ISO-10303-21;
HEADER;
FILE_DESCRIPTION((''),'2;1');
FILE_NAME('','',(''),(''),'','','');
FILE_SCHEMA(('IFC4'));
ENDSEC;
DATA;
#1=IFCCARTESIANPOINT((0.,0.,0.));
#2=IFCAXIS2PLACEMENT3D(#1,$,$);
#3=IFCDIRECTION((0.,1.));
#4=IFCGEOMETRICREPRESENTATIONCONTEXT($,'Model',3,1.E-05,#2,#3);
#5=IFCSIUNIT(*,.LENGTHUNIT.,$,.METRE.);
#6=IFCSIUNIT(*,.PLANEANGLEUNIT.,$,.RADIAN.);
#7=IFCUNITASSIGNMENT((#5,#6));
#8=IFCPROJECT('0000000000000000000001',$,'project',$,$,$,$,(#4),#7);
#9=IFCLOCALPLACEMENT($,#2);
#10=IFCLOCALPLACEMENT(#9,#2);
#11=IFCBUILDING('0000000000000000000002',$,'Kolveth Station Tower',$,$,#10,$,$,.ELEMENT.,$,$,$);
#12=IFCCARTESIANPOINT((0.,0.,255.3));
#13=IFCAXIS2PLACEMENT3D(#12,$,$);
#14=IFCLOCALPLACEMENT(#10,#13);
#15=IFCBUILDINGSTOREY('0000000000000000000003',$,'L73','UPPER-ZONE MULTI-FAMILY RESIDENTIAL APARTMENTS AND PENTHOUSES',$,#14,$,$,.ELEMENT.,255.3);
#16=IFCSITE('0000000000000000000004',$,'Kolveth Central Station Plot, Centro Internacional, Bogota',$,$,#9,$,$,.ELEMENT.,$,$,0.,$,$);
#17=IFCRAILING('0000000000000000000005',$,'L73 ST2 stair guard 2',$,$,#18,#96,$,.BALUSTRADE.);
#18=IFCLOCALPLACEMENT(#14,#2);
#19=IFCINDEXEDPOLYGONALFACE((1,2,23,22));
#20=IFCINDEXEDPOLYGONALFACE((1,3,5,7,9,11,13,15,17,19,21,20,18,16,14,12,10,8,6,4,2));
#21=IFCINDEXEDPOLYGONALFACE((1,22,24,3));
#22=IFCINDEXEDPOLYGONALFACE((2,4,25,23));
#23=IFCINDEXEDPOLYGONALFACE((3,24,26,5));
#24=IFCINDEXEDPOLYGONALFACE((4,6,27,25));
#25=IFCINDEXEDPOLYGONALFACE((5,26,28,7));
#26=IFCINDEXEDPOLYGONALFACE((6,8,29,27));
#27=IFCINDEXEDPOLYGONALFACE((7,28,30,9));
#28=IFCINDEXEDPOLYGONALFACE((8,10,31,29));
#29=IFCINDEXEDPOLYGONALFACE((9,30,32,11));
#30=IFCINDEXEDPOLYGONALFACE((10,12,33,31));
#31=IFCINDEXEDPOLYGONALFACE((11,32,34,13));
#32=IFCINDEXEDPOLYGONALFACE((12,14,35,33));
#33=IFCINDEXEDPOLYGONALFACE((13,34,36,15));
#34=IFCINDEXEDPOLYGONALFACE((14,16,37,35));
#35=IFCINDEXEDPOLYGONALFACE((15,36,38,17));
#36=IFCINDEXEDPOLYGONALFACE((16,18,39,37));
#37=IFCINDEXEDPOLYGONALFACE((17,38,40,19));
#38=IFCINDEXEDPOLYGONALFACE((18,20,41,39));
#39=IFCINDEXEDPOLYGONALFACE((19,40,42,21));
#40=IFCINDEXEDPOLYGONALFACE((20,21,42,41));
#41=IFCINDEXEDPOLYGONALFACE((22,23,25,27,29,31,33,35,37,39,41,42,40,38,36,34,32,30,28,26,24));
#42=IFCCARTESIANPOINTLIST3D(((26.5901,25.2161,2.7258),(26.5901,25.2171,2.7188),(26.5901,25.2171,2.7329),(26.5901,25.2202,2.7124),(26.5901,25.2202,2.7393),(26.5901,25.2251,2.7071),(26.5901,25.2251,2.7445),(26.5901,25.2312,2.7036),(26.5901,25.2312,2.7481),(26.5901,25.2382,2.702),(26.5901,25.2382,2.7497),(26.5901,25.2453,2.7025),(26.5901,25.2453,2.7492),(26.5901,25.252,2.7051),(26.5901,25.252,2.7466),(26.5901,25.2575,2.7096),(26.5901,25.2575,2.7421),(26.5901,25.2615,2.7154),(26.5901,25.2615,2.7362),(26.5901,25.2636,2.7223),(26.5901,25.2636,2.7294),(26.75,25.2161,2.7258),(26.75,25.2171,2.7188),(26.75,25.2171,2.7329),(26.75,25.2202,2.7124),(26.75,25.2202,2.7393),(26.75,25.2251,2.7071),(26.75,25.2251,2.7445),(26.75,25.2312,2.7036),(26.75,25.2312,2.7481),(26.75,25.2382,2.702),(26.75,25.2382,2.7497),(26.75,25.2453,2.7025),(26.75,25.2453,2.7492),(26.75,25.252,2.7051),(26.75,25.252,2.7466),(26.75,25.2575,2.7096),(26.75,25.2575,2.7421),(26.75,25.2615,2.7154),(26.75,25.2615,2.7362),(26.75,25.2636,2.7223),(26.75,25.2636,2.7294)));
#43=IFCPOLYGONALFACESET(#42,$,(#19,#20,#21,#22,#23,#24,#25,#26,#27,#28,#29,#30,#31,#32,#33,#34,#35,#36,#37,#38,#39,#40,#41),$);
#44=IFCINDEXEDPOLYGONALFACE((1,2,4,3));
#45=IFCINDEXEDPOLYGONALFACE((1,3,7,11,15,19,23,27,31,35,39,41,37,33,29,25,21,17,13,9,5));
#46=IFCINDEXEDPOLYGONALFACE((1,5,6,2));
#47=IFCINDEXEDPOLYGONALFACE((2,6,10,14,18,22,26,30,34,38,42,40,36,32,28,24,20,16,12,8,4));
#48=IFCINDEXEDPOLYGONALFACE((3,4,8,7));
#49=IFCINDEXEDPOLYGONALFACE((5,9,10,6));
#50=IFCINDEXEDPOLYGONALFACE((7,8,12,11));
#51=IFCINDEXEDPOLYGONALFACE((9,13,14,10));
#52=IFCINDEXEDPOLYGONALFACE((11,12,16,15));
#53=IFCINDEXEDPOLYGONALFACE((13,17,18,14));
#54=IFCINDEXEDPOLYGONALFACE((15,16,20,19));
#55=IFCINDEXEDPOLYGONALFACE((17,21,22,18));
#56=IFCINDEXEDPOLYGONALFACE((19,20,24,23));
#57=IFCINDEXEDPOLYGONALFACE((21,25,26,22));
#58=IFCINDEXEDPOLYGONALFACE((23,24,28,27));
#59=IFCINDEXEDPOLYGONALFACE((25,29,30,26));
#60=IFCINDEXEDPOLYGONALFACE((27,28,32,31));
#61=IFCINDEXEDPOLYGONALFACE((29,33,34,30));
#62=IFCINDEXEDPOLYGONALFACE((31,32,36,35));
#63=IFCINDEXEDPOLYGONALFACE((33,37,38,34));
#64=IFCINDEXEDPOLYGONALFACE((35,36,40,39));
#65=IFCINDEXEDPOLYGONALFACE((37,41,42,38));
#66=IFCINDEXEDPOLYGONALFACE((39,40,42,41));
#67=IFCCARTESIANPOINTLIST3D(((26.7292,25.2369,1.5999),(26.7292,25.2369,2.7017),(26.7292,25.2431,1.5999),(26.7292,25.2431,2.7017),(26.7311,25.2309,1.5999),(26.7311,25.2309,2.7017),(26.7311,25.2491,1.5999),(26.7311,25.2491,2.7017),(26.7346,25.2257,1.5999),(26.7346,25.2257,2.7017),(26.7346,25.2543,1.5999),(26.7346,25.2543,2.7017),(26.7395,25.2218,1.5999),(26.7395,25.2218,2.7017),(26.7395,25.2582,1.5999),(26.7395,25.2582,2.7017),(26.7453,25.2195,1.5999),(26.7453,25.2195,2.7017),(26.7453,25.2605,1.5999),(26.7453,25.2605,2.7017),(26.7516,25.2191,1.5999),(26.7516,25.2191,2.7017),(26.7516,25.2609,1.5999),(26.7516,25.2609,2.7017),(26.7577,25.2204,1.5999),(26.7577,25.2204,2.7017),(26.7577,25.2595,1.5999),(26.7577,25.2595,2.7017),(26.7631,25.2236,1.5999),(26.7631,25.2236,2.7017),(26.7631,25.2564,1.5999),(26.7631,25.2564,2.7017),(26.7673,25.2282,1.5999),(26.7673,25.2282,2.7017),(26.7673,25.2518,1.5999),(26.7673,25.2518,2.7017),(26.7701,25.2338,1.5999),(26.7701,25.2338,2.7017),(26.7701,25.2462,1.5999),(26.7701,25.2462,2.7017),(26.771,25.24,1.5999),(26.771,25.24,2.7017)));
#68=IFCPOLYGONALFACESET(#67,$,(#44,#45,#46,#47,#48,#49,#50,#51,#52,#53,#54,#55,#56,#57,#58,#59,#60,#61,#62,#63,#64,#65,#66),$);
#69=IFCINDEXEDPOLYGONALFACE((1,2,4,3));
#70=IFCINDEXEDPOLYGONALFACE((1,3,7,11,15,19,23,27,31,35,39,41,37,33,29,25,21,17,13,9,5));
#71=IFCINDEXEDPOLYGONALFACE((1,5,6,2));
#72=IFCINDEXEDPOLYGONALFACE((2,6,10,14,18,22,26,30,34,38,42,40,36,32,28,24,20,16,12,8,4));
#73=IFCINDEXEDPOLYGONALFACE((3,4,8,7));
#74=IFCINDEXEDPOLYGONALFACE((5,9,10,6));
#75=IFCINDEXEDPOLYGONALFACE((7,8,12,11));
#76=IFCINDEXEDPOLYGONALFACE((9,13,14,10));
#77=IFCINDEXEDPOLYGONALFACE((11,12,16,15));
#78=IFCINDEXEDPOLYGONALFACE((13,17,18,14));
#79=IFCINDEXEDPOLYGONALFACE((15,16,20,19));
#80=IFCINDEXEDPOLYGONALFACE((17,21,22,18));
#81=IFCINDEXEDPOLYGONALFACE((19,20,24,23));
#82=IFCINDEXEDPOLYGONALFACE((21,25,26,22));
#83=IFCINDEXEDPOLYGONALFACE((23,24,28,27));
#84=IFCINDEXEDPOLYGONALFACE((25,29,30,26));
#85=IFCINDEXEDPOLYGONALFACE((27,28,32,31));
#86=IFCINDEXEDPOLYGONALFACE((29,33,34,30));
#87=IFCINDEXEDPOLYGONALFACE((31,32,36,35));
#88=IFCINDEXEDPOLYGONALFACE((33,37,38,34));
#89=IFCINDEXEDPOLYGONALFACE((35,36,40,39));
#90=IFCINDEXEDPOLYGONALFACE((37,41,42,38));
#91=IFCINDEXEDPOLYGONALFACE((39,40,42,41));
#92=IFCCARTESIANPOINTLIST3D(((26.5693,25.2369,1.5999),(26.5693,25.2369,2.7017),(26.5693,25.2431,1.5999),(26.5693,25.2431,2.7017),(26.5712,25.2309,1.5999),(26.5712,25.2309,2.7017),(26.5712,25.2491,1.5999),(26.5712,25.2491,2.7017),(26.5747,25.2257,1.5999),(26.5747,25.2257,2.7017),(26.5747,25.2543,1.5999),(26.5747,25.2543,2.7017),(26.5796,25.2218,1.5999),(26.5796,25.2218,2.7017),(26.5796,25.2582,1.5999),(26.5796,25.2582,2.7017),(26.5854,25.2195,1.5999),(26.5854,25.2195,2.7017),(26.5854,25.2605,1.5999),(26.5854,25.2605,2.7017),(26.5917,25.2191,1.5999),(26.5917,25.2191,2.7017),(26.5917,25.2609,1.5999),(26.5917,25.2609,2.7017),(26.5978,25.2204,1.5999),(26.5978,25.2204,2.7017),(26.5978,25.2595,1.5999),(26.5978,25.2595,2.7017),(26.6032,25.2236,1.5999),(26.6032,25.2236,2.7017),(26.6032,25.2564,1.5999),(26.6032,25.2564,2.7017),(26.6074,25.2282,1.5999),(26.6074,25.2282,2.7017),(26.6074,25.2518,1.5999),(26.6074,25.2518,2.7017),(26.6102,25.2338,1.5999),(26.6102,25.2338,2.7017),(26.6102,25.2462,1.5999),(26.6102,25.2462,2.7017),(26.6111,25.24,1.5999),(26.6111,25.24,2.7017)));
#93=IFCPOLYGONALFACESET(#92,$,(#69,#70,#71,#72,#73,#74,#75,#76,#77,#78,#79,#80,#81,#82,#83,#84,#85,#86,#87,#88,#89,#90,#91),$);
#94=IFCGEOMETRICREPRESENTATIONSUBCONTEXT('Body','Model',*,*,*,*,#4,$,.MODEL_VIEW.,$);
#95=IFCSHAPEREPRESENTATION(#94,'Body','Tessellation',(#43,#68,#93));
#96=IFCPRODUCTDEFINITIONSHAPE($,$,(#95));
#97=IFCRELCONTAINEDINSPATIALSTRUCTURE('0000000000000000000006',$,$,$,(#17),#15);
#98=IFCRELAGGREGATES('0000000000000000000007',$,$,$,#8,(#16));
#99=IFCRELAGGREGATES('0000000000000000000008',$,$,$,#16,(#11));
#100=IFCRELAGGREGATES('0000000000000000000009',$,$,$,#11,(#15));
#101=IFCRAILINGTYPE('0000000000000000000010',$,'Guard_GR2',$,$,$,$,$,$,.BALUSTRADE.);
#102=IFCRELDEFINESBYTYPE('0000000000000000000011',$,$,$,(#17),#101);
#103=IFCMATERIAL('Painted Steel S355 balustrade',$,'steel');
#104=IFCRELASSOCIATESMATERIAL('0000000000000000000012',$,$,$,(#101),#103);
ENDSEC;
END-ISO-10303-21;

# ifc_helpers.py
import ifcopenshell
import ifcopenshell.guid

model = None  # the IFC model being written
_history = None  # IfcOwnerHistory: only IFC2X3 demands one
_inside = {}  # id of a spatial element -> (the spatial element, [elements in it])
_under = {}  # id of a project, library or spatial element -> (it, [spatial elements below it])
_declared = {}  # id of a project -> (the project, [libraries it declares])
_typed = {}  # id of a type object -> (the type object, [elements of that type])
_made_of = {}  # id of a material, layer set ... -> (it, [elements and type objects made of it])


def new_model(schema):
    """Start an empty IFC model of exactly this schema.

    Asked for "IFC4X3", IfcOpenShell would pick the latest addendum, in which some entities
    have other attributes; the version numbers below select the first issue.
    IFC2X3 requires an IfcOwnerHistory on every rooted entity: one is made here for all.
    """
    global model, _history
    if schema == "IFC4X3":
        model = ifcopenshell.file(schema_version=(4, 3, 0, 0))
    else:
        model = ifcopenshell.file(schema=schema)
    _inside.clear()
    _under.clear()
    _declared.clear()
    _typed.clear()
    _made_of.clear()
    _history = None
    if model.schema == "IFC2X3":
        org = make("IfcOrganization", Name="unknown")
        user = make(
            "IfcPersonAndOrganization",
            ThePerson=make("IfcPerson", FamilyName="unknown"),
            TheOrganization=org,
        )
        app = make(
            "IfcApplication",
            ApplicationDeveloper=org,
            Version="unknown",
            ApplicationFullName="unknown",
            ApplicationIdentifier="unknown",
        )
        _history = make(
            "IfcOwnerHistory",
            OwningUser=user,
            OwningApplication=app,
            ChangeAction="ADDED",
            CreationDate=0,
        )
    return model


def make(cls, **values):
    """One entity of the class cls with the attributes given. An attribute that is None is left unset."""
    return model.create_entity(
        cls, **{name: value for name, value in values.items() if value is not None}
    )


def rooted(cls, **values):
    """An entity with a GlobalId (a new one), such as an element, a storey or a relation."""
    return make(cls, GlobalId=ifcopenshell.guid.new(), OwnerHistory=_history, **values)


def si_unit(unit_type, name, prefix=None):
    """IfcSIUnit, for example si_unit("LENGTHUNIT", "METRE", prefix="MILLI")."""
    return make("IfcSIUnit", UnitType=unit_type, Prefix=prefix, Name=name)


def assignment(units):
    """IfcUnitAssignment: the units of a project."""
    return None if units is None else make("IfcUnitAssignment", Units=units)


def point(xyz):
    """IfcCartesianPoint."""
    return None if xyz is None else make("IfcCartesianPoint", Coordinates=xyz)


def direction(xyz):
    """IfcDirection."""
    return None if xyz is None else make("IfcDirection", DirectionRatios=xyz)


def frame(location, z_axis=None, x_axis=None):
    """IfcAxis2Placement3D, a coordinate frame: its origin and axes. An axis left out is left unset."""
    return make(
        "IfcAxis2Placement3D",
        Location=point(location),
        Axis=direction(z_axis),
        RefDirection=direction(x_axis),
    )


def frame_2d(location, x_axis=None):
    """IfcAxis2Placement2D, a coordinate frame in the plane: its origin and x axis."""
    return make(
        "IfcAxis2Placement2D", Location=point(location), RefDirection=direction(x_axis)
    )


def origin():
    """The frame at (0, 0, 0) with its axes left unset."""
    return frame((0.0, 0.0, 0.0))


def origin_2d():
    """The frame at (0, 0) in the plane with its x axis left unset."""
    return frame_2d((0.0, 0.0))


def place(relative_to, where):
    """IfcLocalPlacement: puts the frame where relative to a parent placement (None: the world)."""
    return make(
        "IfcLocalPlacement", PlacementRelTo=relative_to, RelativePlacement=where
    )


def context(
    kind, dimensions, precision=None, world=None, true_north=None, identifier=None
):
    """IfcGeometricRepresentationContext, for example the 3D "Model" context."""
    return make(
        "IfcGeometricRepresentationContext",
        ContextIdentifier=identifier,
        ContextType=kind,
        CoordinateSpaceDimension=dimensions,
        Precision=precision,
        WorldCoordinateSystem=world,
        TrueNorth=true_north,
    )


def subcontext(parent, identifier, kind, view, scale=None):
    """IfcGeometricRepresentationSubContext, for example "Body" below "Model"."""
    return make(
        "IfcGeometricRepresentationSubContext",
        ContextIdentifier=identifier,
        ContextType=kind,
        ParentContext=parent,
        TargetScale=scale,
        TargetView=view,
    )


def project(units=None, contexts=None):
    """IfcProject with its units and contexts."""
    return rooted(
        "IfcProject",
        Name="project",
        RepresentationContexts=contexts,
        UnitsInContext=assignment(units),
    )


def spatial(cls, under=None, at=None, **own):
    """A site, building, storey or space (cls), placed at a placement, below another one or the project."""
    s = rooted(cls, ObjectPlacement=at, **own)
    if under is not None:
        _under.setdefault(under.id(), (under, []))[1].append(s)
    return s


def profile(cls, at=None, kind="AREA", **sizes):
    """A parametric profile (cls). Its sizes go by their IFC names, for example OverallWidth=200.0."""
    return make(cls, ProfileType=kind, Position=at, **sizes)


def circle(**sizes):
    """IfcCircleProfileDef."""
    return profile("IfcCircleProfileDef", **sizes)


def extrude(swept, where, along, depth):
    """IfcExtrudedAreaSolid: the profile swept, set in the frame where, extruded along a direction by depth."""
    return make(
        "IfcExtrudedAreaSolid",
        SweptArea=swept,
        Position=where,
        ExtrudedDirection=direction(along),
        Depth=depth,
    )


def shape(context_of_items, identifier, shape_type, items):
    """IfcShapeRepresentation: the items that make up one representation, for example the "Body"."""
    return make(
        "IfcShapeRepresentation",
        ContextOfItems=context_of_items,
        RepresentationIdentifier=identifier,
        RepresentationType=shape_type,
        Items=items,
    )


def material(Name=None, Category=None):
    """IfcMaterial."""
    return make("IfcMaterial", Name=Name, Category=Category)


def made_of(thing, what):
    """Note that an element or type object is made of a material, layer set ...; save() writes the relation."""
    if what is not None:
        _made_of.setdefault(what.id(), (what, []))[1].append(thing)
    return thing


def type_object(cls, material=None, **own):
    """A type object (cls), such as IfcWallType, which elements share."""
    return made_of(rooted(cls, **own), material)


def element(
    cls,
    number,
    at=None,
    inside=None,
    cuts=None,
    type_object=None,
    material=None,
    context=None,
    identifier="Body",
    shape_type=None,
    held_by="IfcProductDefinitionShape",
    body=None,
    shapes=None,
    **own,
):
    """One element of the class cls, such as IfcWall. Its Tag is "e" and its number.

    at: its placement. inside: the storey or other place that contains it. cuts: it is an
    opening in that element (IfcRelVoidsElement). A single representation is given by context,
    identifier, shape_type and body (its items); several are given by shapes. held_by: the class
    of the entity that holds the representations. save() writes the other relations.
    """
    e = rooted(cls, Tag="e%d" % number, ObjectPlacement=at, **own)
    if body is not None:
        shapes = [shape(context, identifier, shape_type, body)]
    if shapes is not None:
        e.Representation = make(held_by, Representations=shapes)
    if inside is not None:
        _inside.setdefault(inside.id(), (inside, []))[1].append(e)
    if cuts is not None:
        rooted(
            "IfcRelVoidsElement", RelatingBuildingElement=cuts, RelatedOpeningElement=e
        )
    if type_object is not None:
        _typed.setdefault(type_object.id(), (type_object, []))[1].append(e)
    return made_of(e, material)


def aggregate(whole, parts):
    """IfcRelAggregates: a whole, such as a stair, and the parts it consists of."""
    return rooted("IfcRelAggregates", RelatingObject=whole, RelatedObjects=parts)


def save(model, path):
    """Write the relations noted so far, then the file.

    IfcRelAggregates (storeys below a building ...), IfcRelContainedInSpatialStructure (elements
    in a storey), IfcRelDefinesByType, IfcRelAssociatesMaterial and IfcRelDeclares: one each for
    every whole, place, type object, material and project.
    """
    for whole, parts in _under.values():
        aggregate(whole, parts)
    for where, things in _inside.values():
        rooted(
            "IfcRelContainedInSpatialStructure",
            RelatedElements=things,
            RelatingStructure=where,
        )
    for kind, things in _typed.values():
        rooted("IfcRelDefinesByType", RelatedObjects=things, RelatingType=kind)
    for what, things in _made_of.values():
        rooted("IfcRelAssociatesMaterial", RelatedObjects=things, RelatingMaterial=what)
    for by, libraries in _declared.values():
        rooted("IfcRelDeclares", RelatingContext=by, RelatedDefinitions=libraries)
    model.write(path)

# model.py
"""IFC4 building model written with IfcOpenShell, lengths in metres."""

from ifc_helpers import new_model, si_unit, direction, frame, origin, origin_2d, place, context, subcontext, project, spatial, circle, extrude, material, type_object, element, save


model = new_model("IFC4")

# Units and contexts
model_context = context("Model", 3, precision=1e-05, world=origin(), true_north=direction((0.0, 1.0)))
body_context = subcontext(model_context, "Body", "Model", "MODEL_VIEW")
ifc_project = project(units=[si_unit("LENGTHUNIT", "METRE"), si_unit("PLANEANGLEUNIT", "RADIAN")], contexts=[model_context])

# Site, building, storey
site_placement = place(None, origin())
site = spatial("IfcSite", under=ifc_project, at=site_placement, Name="Kolveth Central Station Plot, Centro Internacional, Bogota", CompositionType="ELEMENT", RefElevation=0.0)
building_placement = place(site_placement, origin())
building = spatial("IfcBuilding", under=site, at=building_placement, Name="Kolveth Station Tower", CompositionType="ELEMENT")
storey_placement = place(building_placement, frame((0.0, 0.0, 255.3)))
storey = spatial("IfcBuildingStorey", under=building, at=storey_placement, Name="L73", Description="UPPER-ZONE MULTI-FAMILY RESIDENTIAL APARTMENTS AND PENTHOUSES", CompositionType="ELEMENT", Elevation=255.3)

# Railing
ifc_material_1 = material(Name="Painted Steel S355 balustrade", Category="steel")
railing_type_1 = type_object("IfcRailingType", Name="Guard_GR2", PredefinedType="BALUSTRADE", material=ifc_material_1)
railing_1_placement = place(storey_placement, frame((26.75, 25.24, 1.5999)))
element("IfcRailing", 1, at=railing_1_placement, inside=storey, type_object=railing_type_1, Name="L73 ST2 stair guard 2", PredefinedType="BALUSTRADE", context=body_context, shape_type="SweptSolid", body=[
    extrude(circle(Radius=0.0239, at=origin_2d()), frame((0.0, 0.0, 1.126), z_axis=(-1.0, 0.0, 0.0), x_axis=(0.0, -1.0, 0.0)), (0.0, 0.0, 1.0), 0.1599),
    extrude(circle(Radius=0.021, at=origin_2d()), origin(), (0.0, 0.0, 1.0), 1.1018),
    extrude(circle(Radius=0.021, at=origin_2d()), frame((-0.1599, 0.0, 0.0)), (0.0, 0.0, 1.0), 1.1018),
])

save(model, "model.ifc")
